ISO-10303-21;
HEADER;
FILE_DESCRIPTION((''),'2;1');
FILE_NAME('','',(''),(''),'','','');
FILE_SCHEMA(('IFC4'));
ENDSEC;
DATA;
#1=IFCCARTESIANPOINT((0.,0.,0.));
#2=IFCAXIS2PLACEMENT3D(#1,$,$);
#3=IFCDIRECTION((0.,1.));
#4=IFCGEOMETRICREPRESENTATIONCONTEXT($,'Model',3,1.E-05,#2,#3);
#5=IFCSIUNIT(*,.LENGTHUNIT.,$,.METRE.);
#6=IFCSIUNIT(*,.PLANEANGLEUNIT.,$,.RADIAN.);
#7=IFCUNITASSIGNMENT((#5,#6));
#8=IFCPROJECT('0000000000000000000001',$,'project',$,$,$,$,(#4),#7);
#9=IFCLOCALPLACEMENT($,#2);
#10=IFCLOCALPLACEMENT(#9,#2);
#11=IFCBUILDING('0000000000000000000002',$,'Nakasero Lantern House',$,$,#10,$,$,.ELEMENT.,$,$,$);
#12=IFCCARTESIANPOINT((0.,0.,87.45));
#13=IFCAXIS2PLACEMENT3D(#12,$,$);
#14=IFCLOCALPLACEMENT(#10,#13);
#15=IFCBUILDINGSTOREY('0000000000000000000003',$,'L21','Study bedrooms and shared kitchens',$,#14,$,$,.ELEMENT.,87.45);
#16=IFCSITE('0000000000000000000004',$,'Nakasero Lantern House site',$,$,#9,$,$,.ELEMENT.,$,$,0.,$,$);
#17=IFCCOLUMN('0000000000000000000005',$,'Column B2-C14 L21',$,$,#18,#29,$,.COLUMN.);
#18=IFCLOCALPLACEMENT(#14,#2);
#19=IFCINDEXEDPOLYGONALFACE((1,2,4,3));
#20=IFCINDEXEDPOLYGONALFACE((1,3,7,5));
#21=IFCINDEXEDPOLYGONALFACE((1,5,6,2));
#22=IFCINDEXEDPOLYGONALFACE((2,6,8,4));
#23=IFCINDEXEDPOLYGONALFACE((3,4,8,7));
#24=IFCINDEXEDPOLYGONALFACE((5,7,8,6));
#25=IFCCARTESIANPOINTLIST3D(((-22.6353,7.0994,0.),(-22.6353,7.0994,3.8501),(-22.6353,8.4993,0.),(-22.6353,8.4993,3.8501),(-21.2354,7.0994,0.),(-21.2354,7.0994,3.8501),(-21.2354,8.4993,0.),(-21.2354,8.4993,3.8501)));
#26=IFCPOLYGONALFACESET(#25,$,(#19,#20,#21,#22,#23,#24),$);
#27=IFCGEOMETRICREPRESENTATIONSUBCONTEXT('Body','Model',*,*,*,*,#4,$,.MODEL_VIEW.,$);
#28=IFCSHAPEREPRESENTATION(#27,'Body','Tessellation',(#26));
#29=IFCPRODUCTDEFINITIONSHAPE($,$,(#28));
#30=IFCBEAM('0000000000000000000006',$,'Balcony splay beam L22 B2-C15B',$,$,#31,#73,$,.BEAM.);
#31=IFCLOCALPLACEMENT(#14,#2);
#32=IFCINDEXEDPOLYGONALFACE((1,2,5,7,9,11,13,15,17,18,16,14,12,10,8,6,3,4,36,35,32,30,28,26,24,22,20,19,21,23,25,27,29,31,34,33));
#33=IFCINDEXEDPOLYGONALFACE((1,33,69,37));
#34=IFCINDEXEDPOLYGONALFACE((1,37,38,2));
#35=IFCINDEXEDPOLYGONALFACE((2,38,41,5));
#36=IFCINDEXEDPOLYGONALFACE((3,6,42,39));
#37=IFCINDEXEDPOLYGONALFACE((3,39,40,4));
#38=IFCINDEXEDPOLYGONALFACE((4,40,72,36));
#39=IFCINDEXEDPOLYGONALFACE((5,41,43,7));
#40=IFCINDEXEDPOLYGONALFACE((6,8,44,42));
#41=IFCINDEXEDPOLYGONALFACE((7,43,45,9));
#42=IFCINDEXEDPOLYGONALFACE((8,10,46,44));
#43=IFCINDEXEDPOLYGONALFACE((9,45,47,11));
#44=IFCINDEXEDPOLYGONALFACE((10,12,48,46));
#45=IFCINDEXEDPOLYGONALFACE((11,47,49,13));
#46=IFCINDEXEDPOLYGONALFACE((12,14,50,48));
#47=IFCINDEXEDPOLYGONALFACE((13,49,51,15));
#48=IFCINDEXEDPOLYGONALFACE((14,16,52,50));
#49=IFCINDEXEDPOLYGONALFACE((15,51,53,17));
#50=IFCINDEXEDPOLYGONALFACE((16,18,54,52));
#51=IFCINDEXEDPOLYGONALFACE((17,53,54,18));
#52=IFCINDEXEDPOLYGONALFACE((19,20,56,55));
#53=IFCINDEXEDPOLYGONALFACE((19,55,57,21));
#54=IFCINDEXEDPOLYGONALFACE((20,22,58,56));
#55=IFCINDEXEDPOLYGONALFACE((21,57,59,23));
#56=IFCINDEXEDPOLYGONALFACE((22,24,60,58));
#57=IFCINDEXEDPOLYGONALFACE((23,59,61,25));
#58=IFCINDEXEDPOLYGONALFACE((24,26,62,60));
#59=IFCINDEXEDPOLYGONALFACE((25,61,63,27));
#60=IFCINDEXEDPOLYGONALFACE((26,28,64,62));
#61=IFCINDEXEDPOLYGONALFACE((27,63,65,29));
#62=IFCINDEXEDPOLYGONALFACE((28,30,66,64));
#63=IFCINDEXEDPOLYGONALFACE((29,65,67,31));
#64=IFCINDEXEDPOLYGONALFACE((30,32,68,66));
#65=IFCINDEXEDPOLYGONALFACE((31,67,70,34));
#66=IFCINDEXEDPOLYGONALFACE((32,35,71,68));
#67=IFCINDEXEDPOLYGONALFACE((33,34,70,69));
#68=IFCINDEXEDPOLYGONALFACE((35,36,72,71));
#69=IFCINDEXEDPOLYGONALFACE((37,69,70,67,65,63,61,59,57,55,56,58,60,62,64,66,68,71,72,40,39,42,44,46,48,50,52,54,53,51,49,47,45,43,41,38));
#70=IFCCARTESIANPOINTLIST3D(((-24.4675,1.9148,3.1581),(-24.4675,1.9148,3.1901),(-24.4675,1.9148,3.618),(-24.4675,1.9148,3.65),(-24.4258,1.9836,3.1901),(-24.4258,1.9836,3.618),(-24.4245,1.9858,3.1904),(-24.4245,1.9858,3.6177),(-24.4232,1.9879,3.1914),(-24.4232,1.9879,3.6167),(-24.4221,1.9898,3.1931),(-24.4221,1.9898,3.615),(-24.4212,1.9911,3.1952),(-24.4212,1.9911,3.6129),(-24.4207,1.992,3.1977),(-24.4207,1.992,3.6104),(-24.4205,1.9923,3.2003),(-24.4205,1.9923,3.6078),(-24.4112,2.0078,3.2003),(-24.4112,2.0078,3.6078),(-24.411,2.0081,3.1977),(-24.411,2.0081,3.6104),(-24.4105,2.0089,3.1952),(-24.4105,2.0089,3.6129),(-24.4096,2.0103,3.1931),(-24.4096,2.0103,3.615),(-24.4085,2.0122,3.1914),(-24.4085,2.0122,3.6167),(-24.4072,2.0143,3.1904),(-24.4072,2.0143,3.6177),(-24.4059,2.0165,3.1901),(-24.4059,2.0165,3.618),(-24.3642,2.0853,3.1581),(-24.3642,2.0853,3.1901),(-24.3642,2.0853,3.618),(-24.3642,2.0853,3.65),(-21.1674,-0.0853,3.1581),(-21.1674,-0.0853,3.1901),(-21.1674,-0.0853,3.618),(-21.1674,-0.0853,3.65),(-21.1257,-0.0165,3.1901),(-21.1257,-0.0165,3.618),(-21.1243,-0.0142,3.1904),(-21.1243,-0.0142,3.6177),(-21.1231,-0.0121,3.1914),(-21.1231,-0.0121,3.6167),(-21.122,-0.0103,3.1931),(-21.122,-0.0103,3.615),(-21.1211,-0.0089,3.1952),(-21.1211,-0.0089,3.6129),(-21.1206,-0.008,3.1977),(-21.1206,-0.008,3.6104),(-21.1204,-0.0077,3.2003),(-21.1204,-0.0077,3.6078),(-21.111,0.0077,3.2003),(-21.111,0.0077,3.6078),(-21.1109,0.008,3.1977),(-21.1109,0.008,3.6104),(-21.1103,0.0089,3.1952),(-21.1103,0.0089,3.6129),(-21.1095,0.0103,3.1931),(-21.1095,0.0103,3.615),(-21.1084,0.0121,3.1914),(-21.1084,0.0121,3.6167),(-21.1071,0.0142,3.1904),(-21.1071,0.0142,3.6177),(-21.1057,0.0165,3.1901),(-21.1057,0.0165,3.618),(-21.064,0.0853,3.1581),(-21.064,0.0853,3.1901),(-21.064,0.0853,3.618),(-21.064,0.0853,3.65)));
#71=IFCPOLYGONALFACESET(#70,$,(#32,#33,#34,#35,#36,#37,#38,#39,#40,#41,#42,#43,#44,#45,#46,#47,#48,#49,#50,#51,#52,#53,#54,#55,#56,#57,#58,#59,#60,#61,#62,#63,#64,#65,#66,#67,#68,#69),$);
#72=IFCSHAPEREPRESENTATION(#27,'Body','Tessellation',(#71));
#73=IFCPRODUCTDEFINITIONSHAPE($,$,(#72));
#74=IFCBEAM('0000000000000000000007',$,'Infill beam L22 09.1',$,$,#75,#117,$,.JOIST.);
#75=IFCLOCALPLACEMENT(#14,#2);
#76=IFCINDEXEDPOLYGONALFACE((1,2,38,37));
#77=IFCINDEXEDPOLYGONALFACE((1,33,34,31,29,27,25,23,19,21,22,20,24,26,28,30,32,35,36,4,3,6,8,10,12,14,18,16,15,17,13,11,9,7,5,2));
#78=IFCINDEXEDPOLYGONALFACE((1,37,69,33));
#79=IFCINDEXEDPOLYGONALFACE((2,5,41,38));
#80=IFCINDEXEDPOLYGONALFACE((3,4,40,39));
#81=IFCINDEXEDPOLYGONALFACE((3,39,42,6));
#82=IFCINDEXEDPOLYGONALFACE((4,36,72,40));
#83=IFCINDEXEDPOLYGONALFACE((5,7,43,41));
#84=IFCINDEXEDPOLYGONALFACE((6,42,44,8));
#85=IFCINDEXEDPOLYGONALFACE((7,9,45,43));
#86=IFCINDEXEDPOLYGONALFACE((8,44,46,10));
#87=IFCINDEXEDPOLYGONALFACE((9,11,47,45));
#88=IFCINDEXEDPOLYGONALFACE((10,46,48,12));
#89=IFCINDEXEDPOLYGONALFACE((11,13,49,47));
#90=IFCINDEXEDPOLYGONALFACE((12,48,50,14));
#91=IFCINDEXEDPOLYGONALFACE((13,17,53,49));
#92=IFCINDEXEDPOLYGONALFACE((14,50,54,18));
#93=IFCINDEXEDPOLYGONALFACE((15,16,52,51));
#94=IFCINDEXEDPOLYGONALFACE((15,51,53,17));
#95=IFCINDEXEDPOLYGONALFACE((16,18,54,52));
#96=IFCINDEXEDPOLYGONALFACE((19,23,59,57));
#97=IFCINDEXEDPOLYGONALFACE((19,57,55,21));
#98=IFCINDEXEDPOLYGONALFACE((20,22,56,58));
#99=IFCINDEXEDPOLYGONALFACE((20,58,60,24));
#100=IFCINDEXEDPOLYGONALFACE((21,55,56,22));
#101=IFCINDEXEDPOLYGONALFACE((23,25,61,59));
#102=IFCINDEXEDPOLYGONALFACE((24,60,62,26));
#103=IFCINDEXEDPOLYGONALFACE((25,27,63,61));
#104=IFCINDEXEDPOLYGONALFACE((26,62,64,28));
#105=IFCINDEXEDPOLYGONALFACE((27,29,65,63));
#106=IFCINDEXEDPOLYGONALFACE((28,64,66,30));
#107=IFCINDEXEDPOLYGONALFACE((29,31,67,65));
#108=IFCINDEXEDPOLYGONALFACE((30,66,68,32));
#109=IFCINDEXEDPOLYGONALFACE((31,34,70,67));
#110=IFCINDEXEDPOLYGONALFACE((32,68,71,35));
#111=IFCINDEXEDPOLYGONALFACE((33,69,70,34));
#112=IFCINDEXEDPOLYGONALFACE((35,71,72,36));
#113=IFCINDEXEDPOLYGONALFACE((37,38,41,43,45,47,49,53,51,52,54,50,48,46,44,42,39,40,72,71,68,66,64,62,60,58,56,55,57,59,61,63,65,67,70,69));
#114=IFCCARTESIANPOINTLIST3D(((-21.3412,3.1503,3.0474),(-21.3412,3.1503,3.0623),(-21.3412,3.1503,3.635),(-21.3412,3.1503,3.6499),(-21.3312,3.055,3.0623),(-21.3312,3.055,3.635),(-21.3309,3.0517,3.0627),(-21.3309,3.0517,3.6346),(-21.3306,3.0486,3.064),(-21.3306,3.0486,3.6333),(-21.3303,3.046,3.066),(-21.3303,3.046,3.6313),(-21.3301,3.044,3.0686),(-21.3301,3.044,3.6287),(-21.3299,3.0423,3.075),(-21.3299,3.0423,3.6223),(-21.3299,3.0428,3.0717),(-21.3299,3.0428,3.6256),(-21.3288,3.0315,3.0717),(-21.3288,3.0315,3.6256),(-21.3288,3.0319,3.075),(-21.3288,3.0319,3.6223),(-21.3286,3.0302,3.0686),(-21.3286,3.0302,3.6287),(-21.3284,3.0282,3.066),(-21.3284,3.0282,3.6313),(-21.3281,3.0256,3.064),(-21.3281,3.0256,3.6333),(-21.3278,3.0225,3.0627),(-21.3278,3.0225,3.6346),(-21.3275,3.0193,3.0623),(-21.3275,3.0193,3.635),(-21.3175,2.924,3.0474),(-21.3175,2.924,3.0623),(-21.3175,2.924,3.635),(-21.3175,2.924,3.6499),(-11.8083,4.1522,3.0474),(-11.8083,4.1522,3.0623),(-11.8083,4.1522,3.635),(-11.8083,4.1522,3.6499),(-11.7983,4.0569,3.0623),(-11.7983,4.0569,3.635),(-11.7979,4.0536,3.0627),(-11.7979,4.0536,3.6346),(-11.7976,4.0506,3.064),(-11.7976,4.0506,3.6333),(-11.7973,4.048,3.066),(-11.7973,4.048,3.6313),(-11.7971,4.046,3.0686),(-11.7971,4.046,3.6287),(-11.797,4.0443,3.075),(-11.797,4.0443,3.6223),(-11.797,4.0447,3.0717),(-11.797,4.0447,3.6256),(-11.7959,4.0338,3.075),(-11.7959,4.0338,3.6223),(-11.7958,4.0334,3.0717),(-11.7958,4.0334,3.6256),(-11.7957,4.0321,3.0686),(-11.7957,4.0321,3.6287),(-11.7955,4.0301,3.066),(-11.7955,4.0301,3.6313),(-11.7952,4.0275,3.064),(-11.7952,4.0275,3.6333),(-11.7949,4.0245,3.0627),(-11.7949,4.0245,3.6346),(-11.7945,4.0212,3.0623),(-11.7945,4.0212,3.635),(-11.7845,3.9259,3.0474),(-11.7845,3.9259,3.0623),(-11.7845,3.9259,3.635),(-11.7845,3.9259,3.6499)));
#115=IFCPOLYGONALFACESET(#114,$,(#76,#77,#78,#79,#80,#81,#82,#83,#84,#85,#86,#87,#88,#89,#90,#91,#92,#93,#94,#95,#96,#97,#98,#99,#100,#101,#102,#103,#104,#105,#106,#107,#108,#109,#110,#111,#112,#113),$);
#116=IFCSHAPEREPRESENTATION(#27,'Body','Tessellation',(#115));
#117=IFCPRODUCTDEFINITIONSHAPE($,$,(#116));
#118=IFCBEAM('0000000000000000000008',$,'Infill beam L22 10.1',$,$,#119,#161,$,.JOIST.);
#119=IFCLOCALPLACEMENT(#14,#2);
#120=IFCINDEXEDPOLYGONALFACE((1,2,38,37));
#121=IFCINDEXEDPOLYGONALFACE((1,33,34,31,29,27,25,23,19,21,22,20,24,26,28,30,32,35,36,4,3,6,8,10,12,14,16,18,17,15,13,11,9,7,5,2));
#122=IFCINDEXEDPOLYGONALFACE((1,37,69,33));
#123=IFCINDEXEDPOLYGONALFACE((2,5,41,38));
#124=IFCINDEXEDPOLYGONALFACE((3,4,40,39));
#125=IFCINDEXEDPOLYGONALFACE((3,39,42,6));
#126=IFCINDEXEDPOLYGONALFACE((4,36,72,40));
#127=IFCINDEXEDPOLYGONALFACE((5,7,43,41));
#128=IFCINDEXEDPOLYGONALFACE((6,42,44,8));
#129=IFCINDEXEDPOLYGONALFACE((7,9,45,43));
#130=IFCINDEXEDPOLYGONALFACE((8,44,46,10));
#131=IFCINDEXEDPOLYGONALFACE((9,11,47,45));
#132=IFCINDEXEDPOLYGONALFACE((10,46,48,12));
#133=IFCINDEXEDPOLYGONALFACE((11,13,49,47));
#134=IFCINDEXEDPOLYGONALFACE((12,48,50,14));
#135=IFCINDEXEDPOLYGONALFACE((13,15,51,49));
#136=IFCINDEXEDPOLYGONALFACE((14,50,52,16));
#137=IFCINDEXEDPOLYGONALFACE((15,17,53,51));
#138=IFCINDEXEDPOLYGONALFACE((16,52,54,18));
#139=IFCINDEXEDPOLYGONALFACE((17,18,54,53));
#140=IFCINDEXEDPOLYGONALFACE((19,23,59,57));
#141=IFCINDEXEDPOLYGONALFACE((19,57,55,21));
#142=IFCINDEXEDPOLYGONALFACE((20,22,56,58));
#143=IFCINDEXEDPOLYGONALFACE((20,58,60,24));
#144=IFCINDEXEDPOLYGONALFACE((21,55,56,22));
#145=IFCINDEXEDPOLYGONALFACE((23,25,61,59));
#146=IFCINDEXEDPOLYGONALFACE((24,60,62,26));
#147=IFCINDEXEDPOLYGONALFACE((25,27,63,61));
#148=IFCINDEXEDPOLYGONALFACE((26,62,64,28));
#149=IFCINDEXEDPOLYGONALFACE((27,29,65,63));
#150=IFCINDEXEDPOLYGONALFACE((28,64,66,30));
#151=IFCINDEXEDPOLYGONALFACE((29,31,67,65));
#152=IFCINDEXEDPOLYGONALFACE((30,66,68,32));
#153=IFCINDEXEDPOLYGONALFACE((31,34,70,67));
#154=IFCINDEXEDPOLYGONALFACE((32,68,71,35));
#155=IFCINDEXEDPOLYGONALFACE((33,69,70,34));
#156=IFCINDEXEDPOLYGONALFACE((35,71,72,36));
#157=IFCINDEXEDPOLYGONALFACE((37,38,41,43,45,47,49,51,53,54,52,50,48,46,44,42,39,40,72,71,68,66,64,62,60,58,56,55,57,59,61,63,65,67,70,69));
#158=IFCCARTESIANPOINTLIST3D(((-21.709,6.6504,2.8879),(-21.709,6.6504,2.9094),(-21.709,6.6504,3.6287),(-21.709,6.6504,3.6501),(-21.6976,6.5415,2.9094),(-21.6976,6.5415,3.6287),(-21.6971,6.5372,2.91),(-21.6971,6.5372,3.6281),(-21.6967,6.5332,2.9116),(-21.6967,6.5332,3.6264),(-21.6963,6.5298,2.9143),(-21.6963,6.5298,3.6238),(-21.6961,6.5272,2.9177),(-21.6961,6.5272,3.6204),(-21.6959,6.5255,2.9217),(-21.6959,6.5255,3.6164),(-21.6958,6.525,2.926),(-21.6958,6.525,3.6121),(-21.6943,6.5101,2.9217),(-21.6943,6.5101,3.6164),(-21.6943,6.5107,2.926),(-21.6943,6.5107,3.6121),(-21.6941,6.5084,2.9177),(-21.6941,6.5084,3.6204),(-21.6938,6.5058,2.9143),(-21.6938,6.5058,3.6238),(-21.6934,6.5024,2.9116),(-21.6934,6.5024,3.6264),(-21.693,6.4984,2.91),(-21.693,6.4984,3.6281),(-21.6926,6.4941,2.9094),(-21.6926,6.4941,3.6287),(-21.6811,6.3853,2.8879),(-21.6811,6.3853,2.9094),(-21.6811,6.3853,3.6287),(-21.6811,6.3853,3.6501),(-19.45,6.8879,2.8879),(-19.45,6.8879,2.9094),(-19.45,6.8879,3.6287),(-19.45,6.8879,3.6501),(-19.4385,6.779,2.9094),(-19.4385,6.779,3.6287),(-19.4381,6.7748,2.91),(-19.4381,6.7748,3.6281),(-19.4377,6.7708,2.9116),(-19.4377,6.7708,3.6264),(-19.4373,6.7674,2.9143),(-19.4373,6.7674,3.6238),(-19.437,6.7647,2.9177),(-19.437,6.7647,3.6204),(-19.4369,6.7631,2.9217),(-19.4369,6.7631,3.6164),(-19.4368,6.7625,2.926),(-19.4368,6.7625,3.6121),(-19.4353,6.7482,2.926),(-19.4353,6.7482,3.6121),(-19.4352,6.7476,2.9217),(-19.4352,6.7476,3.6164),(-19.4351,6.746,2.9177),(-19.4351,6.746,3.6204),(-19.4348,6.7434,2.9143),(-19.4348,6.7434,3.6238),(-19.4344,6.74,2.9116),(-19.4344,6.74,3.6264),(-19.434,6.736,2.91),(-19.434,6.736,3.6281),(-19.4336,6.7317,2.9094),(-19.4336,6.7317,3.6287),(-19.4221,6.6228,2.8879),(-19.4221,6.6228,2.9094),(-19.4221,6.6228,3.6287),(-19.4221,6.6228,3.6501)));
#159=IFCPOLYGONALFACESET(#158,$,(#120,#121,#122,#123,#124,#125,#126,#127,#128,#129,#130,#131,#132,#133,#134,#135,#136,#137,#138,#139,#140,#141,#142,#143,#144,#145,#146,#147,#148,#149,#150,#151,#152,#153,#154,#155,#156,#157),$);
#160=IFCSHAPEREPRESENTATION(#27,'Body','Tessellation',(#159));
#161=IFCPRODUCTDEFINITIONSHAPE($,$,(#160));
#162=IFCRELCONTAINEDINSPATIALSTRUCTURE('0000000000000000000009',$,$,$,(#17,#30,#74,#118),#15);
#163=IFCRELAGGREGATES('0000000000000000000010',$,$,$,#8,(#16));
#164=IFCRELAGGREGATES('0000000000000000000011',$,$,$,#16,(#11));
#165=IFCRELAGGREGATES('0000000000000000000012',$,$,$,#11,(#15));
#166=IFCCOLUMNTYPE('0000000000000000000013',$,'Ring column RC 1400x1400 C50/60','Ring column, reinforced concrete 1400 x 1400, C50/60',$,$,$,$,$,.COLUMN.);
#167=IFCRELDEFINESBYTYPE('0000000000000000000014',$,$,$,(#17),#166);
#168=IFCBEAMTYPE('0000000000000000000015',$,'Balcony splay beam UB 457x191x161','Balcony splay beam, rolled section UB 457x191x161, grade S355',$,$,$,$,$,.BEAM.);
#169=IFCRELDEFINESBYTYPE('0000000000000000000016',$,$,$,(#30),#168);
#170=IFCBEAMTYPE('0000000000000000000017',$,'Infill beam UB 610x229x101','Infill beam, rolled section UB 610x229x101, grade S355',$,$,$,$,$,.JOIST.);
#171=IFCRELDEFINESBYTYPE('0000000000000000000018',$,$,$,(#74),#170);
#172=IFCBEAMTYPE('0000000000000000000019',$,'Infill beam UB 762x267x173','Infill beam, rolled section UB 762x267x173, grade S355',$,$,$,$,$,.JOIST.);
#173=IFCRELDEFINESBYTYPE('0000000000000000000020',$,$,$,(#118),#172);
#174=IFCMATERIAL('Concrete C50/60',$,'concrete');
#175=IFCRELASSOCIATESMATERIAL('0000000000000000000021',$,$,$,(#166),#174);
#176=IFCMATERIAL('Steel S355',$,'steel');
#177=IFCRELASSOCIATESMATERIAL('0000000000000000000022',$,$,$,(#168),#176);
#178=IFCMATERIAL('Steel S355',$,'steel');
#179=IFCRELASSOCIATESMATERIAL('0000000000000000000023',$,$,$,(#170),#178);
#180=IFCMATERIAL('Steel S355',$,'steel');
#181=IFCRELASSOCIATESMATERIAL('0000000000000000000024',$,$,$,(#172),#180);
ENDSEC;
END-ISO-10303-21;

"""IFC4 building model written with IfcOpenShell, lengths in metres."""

from ifc_helpers import new_model, si_unit, direction, frame, origin, origin_2d, place, context, subcontext, project, spatial, rectangle, i_section, extrude, material, material_profile, profile_set, type_object, element, save


model = new_model("IFC4")

# Units and contexts
model_context = context("Model", 3, precision=1e-05, world=origin(), true_north=direction((0.0, 1.0)))
body_context = subcontext(model_context, "Body", "Model", "MODEL_VIEW")
ifc_project = project(units=[si_unit("LENGTHUNIT", "METRE"), si_unit("PLANEANGLEUNIT", "RADIAN")], contexts=[model_context])

# Site, building, storey
site_placement = place(None, origin())
site = spatial("IfcSite", under=ifc_project, at=site_placement, Name="Nakasero Lantern House site", CompositionType="ELEMENT", RefElevation=0.0)
building_placement = place(site_placement, origin())
building = spatial("IfcBuilding", under=site, at=building_placement, Name="Nakasero Lantern House", CompositionType="ELEMENT")
storey_placement = place(building_placement, frame((0.0, 0.0, 87.45)))
storey = spatial("IfcBuildingStorey", under=building, at=storey_placement, Name="L21", Description="Study bedrooms and shared kitchens", CompositionType="ELEMENT", Elevation=87.45)

# Column
ifc_material_1 = material(Name="Concrete C50/60", Category="concrete")
ifc_material_profile_1 = material_profile(ifc_material_1, rectangle(XDim=1.3999, YDim=1.3999, at=origin_2d()), Name="RC 1400x1400")
ifc_profile_set_1 = profile_set([ifc_material_profile_1], Name="Concrete C50/60")
column_type = type_object("IfcColumnType", Name="Ring column RC 1400x1400 C50/60", Description="Ring column, reinforced concrete 1400 x 1400, C50/60", PredefinedType="COLUMN", material=ifc_profile_set_1)
column_placement = place(storey_placement, frame((-21.9353, 7.7993, 0.0), z_axis=(0.0, 0.0, 1.0), x_axis=(1.0, 0.0, 0.0)))
element("IfcColumn", 1, at=column_placement, inside=storey, type_object=column_type, Name="Column B2-C14 L21", PredefinedType="COLUMN", context=body_context, shape_type="SweptSolid", body=[
    extrude(rectangle(XDim=1.3999, YDim=1.3999, at=origin_2d()), origin(), (0.0, 0.0, 1.0), 3.8501),
])

# Beams
ifc_material_2 = material(Name="Steel S355", Category="steel")
ifc_material_profile_2 = material_profile(ifc_material_2, i_section(OverallWidth=0.1995, OverallDepth=0.4919, WebThickness=0.0181, FlangeThickness=0.032, FilletRadius=0.0103, at=origin_2d()), Name="UB 457x191x161")
ifc_profile_set_2 = profile_set([ifc_material_profile_2], Name="Steel S355")
beam_type_1 = type_object("IfcBeamType", Name="Balcony splay beam UB 457x191x161", Description="Balcony splay beam, rolled section UB 457x191x161, grade S355", PredefinedType="BEAM", material=ifc_profile_set_2)
beam_1_placement = place(storey_placement, frame((-21.1157, 0.0, 3.4041), z_axis=(-0.855201, 0.518296, 0.0), x_axis=(-0.518296, -0.855201, 0.0)))
element("IfcBeam", 2, at=beam_1_placement, inside=storey, type_object=beam_type_1, Name="Balcony splay beam L22 B2-C15B", PredefinedType="BEAM", context=body_context, shape_type="SweptSolid", body=[
    extrude(i_section(OverallWidth=0.1995, OverallDepth=0.4919, WebThickness=0.0181, FlangeThickness=0.032, FilletRadius=0.0103, at=origin_2d()), origin(), (0.0, 0.0, 1.0), 3.8589),
])
ifc_material_3 = material(Name="Steel S355", Category="steel")
ifc_material_profile_3 = material_profile(ifc_material_3, i_section(OverallWidth=0.2275, OverallDepth=0.6025, WebThickness=0.0105, FlangeThickness=0.0149, FilletRadius=0.0127, at=origin_2d()), Name="UB 610x229x101")
ifc_profile_set_3 = profile_set([ifc_material_profile_3], Name="Steel S355")
beam_type_2 = type_object("IfcBeamType", Name="Infill beam UB 610x229x101", Description="Infill beam, rolled section UB 610x229x101, grade S355", PredefinedType="JOIST", material=ifc_profile_set_3)
beam_2_placement = place(storey_placement, frame((-21.3293, 3.0371, 3.3486), z_axis=(0.994522, 0.104528, 0.0), x_axis=(-0.104528, 0.994522, 0.0)))
element("IfcBeam", 3, at=beam_2_placement, inside=storey, type_object=beam_type_2, Name="Infill beam L22 09.1", PredefinedType="JOIST", context=body_context, shape_type="SweptSolid", body=[
    extrude(i_section(OverallWidth=0.2275, OverallDepth=0.6025, WebThickness=0.0105, FlangeThickness=0.0149, FilletRadius=0.0127, at=origin_2d()), origin(), (0.0, 0.0, 1.0), 9.5854),
])
ifc_material_4 = material(Name="Steel S355", Category="steel")
ifc_material_profile_4 = material_profile(ifc_material_4, i_section(OverallWidth=0.2666, OverallDepth=0.7622, WebThickness=0.0144, FlangeThickness=0.0215, FilletRadius=0.0166, at=origin_2d()), Name="UB 762x267x173")
ifc_profile_set_4 = profile_set([ifc_material_profile_4], Name="Steel S355")
beam_type_3 = type_object("IfcBeamType", Name="Infill beam UB 762x267x173", Description="Infill beam, rolled section UB 762x267x173, grade S355", PredefinedType="JOIST", material=ifc_profile_set_4)
beam_3_placement = place(storey_placement, frame((-21.6951, 6.5178, 3.269), z_axis=(0.994517, 0.104578, 0.0), x_axis=(-0.104578, 0.994517, 0.0)))
element("IfcBeam", 4, at=beam_3_placement, inside=storey, type_object=beam_type_3, Name="Infill beam L22 10.1", PredefinedType="JOIST", context=body_context, shape_type="SweptSolid", body=[
    extrude(i_section(OverallWidth=0.2666, OverallDepth=0.7622, WebThickness=0.0144, FlangeThickness=0.0215, FilletRadius=0.0166, at=origin_2d()), origin(), (0.0, 0.0, 1.0), 2.2715),
])

save(model, "model.ifc")
